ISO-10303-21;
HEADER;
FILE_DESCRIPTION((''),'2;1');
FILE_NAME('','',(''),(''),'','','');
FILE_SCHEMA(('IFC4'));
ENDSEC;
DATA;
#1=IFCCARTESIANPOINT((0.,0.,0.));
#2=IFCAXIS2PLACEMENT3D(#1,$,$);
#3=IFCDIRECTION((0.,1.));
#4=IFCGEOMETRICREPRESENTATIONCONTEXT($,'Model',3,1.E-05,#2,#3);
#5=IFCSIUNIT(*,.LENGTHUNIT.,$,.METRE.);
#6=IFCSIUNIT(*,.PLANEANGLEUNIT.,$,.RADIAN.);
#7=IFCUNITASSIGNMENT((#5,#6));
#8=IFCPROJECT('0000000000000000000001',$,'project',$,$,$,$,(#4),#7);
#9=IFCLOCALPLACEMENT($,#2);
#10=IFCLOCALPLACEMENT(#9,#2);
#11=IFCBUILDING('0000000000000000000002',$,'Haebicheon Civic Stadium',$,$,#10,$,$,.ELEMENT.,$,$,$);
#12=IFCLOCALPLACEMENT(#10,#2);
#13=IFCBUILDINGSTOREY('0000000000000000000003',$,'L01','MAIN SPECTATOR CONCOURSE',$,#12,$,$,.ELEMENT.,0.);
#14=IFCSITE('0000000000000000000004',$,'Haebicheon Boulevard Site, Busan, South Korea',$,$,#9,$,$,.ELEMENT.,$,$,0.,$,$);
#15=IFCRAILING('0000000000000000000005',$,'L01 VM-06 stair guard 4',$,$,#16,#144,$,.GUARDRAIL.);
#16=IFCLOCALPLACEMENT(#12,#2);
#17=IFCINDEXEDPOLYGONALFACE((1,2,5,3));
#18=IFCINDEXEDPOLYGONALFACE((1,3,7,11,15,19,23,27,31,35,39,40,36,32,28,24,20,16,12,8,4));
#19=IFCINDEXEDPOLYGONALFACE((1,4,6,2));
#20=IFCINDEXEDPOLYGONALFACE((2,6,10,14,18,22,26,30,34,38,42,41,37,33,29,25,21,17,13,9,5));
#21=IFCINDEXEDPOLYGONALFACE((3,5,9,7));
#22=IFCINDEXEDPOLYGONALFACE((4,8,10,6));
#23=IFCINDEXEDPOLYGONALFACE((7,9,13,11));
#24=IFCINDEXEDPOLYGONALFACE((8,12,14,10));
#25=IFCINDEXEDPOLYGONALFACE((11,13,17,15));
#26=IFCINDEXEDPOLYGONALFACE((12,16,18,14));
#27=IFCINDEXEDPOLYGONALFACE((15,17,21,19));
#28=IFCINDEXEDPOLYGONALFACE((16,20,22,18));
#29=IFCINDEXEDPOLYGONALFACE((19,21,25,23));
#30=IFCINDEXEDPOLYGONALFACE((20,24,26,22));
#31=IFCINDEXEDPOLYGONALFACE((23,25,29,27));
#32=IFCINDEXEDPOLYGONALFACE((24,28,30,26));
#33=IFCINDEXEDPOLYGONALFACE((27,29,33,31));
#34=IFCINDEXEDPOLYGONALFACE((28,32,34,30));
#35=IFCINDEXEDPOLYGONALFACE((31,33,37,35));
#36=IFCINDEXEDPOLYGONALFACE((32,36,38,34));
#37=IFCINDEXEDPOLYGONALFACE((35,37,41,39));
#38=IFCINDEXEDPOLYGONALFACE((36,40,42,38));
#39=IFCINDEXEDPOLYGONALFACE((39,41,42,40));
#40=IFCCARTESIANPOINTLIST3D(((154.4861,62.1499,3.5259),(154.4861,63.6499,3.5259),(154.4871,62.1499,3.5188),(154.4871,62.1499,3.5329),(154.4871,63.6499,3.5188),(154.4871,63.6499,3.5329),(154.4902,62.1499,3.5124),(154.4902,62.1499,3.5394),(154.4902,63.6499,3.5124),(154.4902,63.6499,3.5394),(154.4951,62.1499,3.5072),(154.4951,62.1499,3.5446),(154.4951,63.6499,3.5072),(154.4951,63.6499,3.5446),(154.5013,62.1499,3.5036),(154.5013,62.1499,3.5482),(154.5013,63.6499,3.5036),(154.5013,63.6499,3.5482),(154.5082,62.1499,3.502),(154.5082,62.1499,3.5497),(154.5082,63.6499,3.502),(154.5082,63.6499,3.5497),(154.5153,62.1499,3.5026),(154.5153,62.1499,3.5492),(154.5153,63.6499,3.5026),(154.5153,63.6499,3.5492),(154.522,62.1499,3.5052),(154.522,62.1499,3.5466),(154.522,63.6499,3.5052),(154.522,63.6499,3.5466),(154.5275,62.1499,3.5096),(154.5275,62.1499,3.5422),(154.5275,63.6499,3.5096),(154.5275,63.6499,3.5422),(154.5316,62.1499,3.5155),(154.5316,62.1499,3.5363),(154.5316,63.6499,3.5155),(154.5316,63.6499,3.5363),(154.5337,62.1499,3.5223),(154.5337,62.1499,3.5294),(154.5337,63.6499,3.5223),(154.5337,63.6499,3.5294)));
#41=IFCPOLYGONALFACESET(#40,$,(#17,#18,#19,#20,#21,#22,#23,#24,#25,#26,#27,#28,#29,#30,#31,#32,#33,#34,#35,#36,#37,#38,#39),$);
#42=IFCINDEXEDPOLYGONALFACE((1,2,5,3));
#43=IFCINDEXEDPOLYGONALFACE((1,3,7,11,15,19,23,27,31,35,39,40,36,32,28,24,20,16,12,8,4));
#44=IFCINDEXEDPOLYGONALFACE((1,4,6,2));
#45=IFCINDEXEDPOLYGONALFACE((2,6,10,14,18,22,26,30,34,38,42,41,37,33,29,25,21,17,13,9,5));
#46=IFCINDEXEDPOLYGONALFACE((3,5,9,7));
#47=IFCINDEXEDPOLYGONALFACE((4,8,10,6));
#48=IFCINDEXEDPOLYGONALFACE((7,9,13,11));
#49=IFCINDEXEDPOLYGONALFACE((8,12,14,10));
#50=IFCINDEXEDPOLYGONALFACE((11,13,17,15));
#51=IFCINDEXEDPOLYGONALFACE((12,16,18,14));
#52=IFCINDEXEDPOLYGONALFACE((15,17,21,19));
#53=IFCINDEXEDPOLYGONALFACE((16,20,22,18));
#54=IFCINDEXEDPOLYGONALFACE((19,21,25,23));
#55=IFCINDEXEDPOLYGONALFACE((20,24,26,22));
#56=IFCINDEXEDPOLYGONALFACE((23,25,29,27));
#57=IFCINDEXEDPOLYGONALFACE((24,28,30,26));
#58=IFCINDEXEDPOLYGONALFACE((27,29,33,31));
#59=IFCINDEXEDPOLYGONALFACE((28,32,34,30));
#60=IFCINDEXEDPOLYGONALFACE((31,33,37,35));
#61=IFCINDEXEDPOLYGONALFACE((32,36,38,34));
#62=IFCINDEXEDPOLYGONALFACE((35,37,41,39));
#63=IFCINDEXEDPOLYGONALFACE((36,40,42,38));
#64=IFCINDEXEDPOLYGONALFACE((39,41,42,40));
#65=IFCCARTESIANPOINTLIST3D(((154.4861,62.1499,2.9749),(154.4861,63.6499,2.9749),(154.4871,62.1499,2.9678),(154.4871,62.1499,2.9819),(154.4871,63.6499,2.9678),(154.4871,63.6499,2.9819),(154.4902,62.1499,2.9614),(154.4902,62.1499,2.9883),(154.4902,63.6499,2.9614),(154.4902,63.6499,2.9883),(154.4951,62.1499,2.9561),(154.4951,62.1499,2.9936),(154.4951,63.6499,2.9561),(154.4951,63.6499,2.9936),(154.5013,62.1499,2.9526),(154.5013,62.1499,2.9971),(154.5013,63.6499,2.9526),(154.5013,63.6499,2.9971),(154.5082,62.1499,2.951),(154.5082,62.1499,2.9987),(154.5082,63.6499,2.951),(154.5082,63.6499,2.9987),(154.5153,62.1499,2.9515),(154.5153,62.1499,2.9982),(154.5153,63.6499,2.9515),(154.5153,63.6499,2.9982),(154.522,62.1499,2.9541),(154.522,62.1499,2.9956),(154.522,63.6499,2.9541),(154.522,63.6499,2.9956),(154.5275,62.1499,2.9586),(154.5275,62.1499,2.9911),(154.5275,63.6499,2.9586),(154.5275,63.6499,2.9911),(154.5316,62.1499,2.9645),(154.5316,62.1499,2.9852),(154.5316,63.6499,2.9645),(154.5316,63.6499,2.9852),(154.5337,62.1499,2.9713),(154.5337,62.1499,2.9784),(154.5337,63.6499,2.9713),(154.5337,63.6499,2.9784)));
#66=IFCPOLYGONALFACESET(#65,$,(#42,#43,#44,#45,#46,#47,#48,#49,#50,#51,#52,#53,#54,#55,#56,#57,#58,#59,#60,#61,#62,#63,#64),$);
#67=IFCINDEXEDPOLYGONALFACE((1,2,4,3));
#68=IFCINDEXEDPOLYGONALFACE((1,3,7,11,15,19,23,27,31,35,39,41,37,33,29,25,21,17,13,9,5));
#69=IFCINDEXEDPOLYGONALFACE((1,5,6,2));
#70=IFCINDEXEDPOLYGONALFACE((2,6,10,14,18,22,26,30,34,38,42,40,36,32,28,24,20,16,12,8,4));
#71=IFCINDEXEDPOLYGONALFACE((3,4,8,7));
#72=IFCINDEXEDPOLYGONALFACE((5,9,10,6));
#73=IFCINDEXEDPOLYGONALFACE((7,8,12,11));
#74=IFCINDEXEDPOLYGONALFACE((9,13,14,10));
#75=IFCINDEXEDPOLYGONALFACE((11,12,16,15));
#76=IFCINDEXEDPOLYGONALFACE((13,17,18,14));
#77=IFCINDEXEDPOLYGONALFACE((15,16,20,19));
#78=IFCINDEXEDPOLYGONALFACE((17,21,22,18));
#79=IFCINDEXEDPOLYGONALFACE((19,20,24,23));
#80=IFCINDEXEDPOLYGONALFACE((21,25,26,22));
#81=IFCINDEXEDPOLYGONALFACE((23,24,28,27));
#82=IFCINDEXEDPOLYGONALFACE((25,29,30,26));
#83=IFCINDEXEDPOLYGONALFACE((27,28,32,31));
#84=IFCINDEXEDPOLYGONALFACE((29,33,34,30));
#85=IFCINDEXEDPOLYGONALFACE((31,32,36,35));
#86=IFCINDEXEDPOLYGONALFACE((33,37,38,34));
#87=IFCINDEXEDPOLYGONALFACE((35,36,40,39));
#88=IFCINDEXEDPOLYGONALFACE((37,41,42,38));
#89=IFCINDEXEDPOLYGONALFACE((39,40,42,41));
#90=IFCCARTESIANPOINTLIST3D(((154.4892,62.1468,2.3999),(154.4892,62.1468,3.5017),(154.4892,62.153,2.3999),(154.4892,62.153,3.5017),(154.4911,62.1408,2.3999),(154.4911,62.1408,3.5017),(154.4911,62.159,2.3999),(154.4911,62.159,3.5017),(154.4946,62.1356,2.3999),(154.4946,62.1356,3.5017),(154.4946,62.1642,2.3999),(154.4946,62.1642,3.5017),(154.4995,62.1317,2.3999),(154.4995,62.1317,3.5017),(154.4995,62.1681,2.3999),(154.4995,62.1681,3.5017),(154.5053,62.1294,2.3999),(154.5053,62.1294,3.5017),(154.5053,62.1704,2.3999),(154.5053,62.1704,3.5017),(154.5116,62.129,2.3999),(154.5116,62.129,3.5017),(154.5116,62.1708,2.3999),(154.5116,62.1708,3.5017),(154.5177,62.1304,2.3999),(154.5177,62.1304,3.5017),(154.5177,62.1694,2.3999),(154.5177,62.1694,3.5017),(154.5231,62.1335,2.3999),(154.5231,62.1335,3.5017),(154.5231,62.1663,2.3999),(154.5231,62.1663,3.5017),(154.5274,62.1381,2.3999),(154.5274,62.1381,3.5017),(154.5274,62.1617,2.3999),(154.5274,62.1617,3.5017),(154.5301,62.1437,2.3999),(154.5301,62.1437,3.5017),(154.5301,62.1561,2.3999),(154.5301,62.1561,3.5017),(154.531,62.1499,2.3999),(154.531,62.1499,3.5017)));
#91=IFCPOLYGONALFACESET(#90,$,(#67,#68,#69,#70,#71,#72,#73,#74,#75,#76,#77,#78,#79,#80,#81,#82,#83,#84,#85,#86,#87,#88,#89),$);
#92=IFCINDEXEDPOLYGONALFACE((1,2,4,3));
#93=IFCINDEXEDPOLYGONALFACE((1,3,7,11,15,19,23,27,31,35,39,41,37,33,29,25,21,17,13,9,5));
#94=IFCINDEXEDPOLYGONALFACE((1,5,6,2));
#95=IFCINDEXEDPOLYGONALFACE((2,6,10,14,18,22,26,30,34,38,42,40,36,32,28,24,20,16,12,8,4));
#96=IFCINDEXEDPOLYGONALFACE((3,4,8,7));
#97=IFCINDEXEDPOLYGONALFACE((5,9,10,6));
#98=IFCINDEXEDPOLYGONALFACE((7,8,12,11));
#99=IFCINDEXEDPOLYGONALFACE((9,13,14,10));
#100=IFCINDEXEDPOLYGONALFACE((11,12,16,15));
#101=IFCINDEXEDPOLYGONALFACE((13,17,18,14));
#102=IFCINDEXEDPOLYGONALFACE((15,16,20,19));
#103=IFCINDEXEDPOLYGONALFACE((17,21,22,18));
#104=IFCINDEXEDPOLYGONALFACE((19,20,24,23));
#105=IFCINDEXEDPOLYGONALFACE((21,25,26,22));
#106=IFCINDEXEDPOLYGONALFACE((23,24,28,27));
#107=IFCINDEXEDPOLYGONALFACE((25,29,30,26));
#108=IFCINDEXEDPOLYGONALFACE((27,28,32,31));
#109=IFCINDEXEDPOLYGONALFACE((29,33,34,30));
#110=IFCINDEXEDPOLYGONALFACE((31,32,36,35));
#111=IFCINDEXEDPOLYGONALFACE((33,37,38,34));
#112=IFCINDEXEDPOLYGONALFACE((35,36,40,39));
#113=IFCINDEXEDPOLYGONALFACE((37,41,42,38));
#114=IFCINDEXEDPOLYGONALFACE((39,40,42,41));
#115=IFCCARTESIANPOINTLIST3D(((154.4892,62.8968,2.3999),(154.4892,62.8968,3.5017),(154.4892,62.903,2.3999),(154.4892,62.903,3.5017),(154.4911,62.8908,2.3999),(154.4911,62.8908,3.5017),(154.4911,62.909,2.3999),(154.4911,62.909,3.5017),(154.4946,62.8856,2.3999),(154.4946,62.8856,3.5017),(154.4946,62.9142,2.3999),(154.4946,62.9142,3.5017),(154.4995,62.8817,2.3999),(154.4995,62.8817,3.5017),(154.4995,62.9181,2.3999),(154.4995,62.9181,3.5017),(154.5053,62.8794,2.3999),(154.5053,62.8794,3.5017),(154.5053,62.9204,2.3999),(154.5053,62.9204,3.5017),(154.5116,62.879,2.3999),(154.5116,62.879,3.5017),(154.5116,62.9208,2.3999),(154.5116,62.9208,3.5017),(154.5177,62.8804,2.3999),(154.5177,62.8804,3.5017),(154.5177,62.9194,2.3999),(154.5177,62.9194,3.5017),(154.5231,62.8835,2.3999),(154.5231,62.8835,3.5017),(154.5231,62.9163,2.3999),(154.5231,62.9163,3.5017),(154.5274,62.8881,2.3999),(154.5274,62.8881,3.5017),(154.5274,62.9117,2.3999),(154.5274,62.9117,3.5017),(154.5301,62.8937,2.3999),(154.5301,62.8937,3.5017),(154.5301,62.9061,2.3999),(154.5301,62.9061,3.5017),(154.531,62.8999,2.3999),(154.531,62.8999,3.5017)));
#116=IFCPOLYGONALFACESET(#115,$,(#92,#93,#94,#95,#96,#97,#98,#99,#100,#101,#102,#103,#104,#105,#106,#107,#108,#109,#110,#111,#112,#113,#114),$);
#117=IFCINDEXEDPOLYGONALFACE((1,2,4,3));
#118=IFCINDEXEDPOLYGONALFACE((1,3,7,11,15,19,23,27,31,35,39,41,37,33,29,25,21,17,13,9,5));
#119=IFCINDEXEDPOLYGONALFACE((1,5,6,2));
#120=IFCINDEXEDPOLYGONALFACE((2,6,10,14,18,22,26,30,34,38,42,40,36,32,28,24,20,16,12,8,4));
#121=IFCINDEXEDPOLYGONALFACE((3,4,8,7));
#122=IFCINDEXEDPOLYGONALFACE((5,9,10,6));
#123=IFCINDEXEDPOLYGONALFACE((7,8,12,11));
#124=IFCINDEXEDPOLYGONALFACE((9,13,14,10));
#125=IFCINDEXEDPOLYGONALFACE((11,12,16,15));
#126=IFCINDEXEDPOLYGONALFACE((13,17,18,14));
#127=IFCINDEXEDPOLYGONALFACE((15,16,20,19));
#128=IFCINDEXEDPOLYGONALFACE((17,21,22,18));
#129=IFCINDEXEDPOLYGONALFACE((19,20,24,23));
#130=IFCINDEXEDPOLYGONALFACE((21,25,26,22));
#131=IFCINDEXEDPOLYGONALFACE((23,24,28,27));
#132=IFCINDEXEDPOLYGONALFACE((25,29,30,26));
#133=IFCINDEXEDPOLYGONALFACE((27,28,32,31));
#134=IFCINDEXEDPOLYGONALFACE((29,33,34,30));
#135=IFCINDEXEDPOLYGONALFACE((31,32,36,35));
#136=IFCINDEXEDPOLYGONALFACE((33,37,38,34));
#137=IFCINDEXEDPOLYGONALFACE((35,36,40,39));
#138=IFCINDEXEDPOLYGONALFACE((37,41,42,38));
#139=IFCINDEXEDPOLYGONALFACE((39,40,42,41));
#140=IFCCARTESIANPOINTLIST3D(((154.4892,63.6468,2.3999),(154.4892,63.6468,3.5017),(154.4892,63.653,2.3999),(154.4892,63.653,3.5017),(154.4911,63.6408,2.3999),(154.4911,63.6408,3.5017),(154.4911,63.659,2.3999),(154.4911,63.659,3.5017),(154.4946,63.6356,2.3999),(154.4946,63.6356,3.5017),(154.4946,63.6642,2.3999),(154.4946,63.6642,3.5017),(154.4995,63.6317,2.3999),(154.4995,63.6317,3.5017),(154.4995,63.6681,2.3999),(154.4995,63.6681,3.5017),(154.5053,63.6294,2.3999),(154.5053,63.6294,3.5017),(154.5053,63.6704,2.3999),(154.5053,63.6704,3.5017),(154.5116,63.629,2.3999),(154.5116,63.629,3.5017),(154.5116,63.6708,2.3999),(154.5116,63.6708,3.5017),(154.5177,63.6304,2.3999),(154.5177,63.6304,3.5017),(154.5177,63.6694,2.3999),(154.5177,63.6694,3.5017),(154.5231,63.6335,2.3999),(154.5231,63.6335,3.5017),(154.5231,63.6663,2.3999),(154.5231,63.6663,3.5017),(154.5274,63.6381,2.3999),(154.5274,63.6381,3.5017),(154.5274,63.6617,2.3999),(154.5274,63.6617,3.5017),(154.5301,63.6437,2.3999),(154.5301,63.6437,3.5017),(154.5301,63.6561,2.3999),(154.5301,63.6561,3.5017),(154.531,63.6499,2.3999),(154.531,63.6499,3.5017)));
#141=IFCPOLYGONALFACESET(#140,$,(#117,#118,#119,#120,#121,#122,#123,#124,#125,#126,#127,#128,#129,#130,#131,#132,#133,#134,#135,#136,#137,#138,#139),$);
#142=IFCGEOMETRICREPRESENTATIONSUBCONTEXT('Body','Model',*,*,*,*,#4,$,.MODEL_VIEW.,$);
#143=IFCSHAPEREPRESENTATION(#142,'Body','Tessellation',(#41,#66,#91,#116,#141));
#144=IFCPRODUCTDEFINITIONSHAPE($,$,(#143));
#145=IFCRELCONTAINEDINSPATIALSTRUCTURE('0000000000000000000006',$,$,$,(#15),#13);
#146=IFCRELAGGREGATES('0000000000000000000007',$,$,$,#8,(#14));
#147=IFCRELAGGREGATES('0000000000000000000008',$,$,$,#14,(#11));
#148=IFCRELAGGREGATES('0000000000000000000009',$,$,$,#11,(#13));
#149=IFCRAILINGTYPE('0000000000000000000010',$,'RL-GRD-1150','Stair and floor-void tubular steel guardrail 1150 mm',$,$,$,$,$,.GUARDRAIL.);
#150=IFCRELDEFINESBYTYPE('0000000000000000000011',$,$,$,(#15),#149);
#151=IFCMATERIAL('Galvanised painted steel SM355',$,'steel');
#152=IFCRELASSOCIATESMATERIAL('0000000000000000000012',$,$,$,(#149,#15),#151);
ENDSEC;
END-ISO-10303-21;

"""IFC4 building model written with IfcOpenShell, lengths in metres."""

from ifc_helpers import new_model, si_unit, direction, frame, origin, origin_2d, place, context, subcontext, project, spatial, circle, extrude, material, type_object, element, save


model = new_model("IFC4")

# Units and contexts
model_context = context("Model", 3, precision=1e-05, world=origin(), true_north=direction((0.0, 1.0)))
body_context = subcontext(model_context, "Body", "Model", "MODEL_VIEW")
ifc_project = project(units=[si_unit("LENGTHUNIT", "METRE"), si_unit("PLANEANGLEUNIT", "RADIAN")], contexts=[model_context])

# Site, building, storey
site_placement = place(None, origin())
site = spatial("IfcSite", under=ifc_project, at=site_placement, Name="Haebicheon Boulevard Site, Busan, South Korea", CompositionType="ELEMENT", RefElevation=0.0)
building_placement = place(site_placement, origin())
building = spatial("IfcBuilding", under=site, at=building_placement, Name="Haebicheon Civic Stadium", CompositionType="ELEMENT")
storey_placement = place(building_placement, origin())
storey = spatial("IfcBuildingStorey", under=building, at=storey_placement, Name="L01", Description="MAIN SPECTATOR CONCOURSE", CompositionType="ELEMENT", Elevation=0.0)

# Railing
ifc_material_1 = material(Name="Galvanised painted steel SM355", Category="steel")
railing_type = type_object("IfcRailingType", Name="RL-GRD-1150", Description="Stair and floor-void tubular steel guardrail 1150 mm", PredefinedType="GUARDRAIL", material=ifc_material_1)
railing_1_placement = place(storey_placement, frame((154.51, 62.1499, 2.3999)))
element("IfcRailing", 1, at=railing_1_placement, inside=storey, type_object=railing_type, material=ifc_material_1, Name="L01 VM-06 stair guard 4", PredefinedType="GUARDRAIL", context=body_context, shape_type="SweptSolid", body=[
    extrude(circle(Radius=0.0239, at=origin_2d()), frame((0.0, 0.0, 1.126), z_axis=(0.0, 1.0, 0.0), x_axis=(-1.0, 0.0, 0.0)), (0.0, 0.0, 1.0), 1.5),
    extrude(circle(Radius=0.0239, at=origin_2d()), frame((0.0, 0.0, 0.575), z_axis=(0.0, 1.0, 0.0), x_axis=(-1.0, 0.0, 0.0)), (0.0, 0.0, 1.0), 1.5),
    extrude(circle(Radius=0.021, at=origin_2d()), origin(), (0.0, 0.0, 1.0), 1.1018),
    extrude(circle(Radius=0.021, at=origin_2d()), frame((0.0, 0.75, 0.0)), (0.0, 0.0, 1.0), 1.1018),
    extrude(circle(Radius=0.021, at=origin_2d()), frame((0.0, 1.5, 0.0)), (0.0, 0.0, 1.0), 1.1018),
])

save(model, "model.ifc")
